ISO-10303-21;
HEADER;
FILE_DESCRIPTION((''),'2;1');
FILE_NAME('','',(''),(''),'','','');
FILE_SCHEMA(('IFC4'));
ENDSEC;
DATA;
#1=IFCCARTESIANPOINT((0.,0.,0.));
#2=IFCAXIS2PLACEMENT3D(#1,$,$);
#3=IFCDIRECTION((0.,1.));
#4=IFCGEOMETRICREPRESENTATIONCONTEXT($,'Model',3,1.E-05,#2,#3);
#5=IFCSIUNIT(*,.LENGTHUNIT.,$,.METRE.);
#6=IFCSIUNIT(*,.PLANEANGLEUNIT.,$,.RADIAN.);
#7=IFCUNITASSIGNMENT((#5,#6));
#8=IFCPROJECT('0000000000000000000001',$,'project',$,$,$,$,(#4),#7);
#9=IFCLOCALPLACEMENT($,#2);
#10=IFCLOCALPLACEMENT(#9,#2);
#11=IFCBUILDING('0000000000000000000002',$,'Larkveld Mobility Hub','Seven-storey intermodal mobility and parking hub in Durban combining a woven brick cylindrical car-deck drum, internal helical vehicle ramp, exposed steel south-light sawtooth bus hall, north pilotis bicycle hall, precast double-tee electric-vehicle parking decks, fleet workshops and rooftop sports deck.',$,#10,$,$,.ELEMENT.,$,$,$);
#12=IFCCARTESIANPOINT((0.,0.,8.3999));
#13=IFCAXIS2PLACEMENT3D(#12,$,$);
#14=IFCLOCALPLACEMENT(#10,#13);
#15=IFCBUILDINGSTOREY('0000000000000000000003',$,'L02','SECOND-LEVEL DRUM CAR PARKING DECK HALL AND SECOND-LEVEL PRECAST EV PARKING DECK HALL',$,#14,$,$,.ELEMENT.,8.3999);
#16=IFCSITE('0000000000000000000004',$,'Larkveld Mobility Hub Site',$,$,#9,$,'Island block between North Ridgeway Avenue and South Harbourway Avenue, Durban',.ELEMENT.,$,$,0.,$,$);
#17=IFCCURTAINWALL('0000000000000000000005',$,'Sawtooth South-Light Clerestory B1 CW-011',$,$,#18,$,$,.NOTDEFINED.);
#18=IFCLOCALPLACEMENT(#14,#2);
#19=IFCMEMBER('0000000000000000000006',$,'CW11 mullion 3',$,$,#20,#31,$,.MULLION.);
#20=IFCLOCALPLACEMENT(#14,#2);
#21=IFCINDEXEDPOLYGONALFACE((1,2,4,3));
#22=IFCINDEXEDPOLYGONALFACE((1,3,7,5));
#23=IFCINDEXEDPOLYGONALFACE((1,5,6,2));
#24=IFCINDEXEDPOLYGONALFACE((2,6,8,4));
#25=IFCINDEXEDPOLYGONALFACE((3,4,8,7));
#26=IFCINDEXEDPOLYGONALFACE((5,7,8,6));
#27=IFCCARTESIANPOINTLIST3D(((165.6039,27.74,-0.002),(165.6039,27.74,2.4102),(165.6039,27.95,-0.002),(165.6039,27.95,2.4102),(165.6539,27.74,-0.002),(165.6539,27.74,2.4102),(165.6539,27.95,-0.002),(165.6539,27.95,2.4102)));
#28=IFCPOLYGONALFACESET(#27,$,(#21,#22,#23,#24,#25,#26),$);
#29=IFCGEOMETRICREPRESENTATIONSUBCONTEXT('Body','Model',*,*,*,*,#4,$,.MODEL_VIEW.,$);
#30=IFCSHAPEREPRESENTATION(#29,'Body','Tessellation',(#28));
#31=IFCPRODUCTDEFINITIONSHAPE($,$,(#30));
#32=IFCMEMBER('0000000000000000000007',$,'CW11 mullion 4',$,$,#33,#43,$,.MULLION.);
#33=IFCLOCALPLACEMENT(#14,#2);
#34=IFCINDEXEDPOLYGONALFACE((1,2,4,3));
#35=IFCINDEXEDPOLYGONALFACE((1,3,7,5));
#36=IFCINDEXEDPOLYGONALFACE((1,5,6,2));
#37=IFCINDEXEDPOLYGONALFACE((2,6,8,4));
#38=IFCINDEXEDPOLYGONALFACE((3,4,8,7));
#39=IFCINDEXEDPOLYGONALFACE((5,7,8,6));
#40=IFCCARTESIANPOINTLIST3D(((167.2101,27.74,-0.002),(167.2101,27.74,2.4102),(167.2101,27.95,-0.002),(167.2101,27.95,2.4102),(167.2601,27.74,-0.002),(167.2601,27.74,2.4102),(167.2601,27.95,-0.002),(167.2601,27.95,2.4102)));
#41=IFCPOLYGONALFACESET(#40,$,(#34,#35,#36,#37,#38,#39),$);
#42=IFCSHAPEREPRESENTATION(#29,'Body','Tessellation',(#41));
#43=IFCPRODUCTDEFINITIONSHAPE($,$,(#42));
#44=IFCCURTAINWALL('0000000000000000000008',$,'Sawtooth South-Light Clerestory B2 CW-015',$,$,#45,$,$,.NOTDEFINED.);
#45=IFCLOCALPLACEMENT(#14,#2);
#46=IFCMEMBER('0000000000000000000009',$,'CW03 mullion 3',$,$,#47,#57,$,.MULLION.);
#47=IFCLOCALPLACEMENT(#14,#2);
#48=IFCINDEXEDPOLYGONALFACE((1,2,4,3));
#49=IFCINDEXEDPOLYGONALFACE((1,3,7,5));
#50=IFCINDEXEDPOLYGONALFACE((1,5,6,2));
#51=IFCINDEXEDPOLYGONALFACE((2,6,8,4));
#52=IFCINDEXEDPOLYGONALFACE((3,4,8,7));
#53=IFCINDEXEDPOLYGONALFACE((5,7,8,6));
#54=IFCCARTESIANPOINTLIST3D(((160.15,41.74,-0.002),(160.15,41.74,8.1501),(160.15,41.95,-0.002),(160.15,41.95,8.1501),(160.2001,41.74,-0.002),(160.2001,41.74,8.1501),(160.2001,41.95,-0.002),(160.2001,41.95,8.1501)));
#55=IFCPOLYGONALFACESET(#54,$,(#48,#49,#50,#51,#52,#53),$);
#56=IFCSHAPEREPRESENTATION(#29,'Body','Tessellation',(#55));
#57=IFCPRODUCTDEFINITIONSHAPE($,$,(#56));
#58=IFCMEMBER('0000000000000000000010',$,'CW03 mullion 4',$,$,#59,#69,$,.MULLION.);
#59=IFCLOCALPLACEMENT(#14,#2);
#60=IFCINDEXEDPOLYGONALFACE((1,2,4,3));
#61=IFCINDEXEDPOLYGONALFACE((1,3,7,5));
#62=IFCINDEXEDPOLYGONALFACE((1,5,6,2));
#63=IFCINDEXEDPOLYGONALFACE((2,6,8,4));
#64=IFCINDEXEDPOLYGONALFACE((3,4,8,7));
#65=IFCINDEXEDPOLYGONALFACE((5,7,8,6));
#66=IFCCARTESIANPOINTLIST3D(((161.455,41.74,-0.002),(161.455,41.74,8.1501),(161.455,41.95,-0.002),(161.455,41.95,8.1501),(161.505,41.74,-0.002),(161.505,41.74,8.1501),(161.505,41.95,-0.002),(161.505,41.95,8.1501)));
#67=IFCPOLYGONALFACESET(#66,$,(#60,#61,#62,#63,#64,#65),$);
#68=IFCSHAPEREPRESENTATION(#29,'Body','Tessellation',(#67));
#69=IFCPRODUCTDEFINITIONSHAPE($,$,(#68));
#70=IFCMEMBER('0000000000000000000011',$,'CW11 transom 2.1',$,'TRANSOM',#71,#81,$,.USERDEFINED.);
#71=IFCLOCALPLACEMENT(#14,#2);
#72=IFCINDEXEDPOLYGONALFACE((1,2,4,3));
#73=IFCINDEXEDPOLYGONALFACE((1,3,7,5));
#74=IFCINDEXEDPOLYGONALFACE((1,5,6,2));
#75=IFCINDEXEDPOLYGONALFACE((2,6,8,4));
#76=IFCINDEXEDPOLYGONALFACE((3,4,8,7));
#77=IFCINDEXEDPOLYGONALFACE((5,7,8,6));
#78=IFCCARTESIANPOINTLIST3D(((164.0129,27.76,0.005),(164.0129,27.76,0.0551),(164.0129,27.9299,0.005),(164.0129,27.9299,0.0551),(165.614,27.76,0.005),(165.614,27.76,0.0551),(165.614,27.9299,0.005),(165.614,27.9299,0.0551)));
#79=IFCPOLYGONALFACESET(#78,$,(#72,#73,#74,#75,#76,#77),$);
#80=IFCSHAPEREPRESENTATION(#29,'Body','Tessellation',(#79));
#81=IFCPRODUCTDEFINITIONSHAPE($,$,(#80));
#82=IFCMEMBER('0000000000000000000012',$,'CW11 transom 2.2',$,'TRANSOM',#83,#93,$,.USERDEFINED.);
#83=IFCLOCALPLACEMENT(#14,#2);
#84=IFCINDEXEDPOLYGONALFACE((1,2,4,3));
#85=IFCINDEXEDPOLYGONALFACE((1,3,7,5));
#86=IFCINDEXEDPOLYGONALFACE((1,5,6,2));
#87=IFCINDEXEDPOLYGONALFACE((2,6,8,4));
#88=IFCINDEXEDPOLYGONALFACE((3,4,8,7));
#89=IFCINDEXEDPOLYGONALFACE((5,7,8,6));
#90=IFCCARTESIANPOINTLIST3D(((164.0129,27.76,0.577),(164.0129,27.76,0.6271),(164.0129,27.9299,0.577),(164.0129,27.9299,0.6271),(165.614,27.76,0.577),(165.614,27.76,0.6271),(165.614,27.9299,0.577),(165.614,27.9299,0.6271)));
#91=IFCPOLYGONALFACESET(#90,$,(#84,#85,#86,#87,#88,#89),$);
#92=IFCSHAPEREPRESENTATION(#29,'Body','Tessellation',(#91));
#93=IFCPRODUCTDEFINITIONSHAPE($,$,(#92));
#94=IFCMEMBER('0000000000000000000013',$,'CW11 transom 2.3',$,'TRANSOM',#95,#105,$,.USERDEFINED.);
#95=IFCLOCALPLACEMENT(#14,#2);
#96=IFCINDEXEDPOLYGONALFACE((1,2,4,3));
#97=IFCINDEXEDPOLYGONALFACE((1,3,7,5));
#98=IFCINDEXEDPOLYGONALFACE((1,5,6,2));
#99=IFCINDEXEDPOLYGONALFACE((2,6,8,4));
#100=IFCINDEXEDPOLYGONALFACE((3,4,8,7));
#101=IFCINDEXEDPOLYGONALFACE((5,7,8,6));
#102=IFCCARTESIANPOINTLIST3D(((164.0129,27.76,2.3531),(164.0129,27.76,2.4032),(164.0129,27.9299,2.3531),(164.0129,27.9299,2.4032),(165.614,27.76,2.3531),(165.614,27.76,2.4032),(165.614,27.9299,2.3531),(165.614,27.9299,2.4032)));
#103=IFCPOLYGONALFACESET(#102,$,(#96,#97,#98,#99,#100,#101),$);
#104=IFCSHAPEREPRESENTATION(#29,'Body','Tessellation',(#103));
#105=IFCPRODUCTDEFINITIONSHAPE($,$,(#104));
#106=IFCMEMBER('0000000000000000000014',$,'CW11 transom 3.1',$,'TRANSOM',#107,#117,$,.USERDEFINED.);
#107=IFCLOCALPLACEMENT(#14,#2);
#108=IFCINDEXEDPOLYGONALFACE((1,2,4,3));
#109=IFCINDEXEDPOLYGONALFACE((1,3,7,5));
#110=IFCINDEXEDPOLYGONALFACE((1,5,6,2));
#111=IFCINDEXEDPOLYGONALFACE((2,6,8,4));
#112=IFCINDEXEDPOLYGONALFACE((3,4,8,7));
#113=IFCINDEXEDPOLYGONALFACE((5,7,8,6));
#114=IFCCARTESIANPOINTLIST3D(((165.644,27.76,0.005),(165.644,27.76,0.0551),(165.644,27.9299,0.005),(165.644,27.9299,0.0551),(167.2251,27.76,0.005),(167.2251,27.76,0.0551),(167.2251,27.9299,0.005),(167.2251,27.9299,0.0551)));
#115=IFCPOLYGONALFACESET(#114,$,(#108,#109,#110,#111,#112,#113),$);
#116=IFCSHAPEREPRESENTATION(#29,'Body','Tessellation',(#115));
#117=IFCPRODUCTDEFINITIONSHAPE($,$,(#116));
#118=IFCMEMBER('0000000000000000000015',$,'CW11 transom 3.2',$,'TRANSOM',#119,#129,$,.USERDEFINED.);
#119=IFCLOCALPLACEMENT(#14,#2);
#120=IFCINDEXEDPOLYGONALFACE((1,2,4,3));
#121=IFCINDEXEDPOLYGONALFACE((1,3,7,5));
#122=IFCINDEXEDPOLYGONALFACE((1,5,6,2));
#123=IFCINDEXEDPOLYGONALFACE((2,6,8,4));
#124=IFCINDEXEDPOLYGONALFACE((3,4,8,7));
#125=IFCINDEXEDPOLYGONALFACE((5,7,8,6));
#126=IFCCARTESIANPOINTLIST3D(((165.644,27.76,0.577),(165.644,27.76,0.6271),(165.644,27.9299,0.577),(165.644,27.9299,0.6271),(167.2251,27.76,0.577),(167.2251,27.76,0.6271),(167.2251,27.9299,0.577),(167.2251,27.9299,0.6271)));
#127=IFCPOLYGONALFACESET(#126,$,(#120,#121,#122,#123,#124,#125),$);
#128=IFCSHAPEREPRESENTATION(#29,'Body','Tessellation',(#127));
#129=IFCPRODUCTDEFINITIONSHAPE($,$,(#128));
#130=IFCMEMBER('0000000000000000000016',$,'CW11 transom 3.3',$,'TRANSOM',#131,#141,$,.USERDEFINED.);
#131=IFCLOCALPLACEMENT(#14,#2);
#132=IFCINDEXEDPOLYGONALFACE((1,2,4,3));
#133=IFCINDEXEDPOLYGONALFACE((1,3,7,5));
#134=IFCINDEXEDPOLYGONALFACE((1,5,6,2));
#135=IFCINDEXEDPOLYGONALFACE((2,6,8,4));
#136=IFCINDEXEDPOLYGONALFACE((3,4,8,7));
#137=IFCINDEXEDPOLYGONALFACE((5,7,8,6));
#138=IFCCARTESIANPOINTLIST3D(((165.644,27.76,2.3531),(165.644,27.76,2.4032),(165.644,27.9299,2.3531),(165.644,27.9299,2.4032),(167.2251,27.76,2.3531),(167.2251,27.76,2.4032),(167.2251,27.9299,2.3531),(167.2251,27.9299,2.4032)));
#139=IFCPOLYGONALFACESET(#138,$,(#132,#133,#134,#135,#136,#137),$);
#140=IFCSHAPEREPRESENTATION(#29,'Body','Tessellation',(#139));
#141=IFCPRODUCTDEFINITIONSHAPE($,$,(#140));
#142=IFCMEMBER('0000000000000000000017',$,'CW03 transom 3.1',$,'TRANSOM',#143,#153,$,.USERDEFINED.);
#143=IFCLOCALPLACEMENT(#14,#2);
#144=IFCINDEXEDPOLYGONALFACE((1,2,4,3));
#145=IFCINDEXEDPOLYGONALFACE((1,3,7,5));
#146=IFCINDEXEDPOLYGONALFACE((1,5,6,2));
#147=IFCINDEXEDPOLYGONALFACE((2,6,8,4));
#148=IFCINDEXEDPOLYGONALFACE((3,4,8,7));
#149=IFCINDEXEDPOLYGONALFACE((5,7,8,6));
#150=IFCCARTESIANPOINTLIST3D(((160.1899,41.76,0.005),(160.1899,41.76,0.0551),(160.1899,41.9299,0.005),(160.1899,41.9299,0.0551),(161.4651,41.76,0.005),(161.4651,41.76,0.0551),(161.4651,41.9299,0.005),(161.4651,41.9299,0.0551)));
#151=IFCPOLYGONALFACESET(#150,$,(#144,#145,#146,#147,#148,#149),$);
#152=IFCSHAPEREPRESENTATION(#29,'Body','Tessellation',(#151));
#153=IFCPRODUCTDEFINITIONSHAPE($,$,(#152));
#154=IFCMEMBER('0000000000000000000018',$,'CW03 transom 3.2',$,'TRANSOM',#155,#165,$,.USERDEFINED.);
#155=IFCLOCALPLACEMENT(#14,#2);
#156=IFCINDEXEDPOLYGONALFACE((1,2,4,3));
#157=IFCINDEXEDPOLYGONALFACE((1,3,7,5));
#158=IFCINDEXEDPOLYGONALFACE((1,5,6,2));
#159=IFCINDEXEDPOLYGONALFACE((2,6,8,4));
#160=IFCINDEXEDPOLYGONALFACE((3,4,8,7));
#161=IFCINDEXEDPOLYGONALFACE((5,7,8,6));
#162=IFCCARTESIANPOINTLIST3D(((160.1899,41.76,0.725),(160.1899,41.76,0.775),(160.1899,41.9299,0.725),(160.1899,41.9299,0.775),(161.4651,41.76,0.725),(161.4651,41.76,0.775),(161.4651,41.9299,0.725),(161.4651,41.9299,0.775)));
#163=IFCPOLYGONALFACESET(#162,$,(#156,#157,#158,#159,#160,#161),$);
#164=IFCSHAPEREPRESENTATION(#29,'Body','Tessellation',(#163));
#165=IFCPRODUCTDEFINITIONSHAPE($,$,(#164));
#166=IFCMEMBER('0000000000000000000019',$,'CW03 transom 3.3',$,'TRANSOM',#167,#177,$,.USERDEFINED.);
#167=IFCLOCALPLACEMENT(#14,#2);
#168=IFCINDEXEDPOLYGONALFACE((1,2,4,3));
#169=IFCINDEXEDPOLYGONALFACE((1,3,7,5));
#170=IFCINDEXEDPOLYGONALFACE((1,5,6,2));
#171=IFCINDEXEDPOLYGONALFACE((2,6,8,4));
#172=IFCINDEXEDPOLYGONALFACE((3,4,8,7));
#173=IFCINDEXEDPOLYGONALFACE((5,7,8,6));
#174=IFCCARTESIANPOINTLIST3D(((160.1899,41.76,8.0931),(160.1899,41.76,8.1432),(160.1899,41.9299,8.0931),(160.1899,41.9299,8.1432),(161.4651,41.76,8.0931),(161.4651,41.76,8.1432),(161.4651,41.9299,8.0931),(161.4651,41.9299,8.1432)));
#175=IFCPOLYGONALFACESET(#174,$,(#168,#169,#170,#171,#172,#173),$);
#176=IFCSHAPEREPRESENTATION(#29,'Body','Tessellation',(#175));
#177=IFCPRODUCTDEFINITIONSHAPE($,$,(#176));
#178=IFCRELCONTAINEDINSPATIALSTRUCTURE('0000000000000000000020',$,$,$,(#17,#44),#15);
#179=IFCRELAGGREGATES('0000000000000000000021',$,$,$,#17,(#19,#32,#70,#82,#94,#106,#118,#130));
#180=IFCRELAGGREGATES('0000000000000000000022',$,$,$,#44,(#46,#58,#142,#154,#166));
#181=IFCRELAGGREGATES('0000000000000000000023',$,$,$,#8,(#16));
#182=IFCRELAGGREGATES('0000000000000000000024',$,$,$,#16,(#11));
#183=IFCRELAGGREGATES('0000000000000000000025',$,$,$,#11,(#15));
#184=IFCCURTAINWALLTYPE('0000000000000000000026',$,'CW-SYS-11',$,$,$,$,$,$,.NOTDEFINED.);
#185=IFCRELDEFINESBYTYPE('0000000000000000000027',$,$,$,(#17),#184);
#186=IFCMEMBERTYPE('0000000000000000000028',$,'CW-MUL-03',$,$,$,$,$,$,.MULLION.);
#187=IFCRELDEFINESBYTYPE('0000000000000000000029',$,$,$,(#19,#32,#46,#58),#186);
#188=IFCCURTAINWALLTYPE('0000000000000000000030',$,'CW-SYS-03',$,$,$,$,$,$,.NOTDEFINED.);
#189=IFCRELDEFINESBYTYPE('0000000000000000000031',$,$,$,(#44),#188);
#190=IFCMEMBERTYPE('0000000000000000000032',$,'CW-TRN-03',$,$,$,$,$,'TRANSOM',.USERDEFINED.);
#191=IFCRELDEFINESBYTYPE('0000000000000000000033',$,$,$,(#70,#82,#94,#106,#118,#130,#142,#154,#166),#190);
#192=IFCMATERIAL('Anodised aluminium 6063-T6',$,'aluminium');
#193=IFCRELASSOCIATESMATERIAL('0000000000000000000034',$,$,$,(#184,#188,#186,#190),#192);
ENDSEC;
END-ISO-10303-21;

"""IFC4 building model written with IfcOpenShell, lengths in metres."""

from ifc_helpers import new_model, si_unit, direction, frame, origin, origin_2d, place, context, subcontext, project, spatial, rectangle, extrude, material, material_profile, profile_set, type_object, element, aggregate, save


model = new_model("IFC4")

# Units and contexts
model_context = context("Model", 3, precision=1e-05, world=origin(), true_north=direction((0.0, 1.0)))
body_context = subcontext(model_context, "Body", "Model", "MODEL_VIEW")
ifc_project = project(units=[si_unit("LENGTHUNIT", "METRE"), si_unit("PLANEANGLEUNIT", "RADIAN")], contexts=[model_context])

# Site, building, storey
site_placement = place(None, origin())
site = spatial("IfcSite", under=ifc_project, at=site_placement, Name="Larkveld Mobility Hub Site", LongName="Island block between North Ridgeway Avenue and South Harbourway Avenue, Durban", CompositionType="ELEMENT", RefElevation=0.0)
building_placement = place(site_placement, origin())
building = spatial("IfcBuilding", under=site, at=building_placement, Name="Larkveld Mobility Hub", Description="Seven-storey intermodal mobility and parking hub in Durban combining a woven brick cylindrical car-deck drum, internal helical vehicle ramp, exposed steel south-light sawtooth bus hall, north pilotis bicycle hall, precast double-tee electric-vehicle parking decks, fleet workshops and rooftop sports deck.", CompositionType="ELEMENT")
storey_placement = place(building_placement, frame((0.0, 0.0, 8.3999)))
storey = spatial("IfcBuildingStorey", under=building, at=storey_placement, Name="L02", Description="SECOND-LEVEL DRUM CAR PARKING DECK HALL AND SECOND-LEVEL PRECAST EV PARKING DECK HALL", CompositionType="ELEMENT", Elevation=8.3999)

# Curtain walls, members
ifc_material_1 = material(Name="Anodised aluminium 6063-T6", Category="aluminium")
curtain_wall_type_1 = type_object("IfcCurtainWallType", Name="CW-SYS-11", PredefinedType="NOTDEFINED", material=ifc_material_1)
curtain_wall_1_placement = place(storey_placement, origin())
curtain_wall_1 = element("IfcCurtainWall", 1, at=curtain_wall_1_placement, inside=storey, type_object=curtain_wall_type_1, Name="Sawtooth South-Light Clerestory B1 CW-011", PredefinedType="NOTDEFINED")
ifc_material_profile_1 = material_profile(ifc_material_1, rectangle(XDim=0.05, YDim=0.21, at=origin_2d()), Name="ALU MULL 50x210")
ifc_profile_set_1 = profile_set([ifc_material_profile_1], Name="Anodised aluminium 6063-T6")
member_type_1 = type_object("IfcMemberType", Name="CW-MUL-03", PredefinedType="MULLION", material=ifc_profile_set_1)
member_1_placement = place(storey_placement, frame((165.6289, 27.845, -0.002), z_axis=(0.0, 0.0, 1.0), x_axis=(1.0, 0.0, 0.0)))
member_1 = element("IfcMember", 2, at=member_1_placement, type_object=member_type_1, Name="CW11 mullion 3", PredefinedType="MULLION", context=body_context, shape_type="SweptSolid", body=[
    extrude(rectangle(XDim=0.05, YDim=0.21, at=origin_2d()), origin(), (0.0, 0.0, 1.0), 2.4121),
])
member_2_placement = place(storey_placement, frame((167.2351, 27.845, -0.002), z_axis=(0.0, 0.0, 1.0), x_axis=(1.0, 0.0, 0.0)))
member_2 = element("IfcMember", 3, at=member_2_placement, type_object=member_type_1, Name="CW11 mullion 4", PredefinedType="MULLION", context=body_context, shape_type="SweptSolid", body=[
    extrude(rectangle(XDim=0.05, YDim=0.21, at=origin_2d()), origin(), (0.0, 0.0, 1.0), 2.4121),
])
curtain_wall_type_2 = type_object("IfcCurtainWallType", Name="CW-SYS-03", PredefinedType="NOTDEFINED", material=ifc_material_1)
curtain_wall_2_placement = place(storey_placement, origin())
curtain_wall_2 = element("IfcCurtainWall", 4, at=curtain_wall_2_placement, inside=storey, type_object=curtain_wall_type_2, Name="Sawtooth South-Light Clerestory B2 CW-015", PredefinedType="NOTDEFINED")
member_3_placement = place(storey_placement, frame((160.175, 41.845, -0.002), z_axis=(0.0, 0.0, 1.0), x_axis=(1.0, 0.0, 0.0)))
member_3 = element("IfcMember", 5, at=member_3_placement, type_object=member_type_1, Name="CW03 mullion 3", PredefinedType="MULLION", context=body_context, shape_type="SweptSolid", body=[
    extrude(rectangle(XDim=0.05, YDim=0.21, at=origin_2d()), origin(), (0.0, 0.0, 1.0), 8.1521),
])
member_4_placement = place(storey_placement, frame((161.48, 41.845, -0.002), z_axis=(0.0, 0.0, 1.0), x_axis=(1.0, 0.0, 0.0)))
member_4 = element("IfcMember", 6, at=member_4_placement, type_object=member_type_1, Name="CW03 mullion 4", PredefinedType="MULLION", context=body_context, shape_type="SweptSolid", body=[
    extrude(rectangle(XDim=0.05, YDim=0.21, at=origin_2d()), origin(), (0.0, 0.0, 1.0), 8.1521),
])

# Members
ifc_material_profile_2 = material_profile(ifc_material_1, rectangle(XDim=0.1699, YDim=0.05, at=origin_2d()), Name="ALU TRAN 50x170")
ifc_profile_set_2 = profile_set([ifc_material_profile_2], Name="Anodised aluminium 6063-T6")
member_type_2 = type_object("IfcMemberType", Name="CW-TRN-03", ElementType="TRANSOM", PredefinedType="USERDEFINED", material=ifc_profile_set_2)
member_5_placement = place(storey_placement, frame((164.0129, 27.845, 0.03), z_axis=(1.0, 0.0, 0.0), x_axis=(0.0, 1.0, 0.0)))
member_5 = element("IfcMember", 7, at=member_5_placement, type_object=member_type_2, Name="CW11 transom 2.1", ObjectType="TRANSOM", PredefinedType="USERDEFINED", context=body_context, shape_type="SweptSolid", body=[
    extrude(rectangle(XDim=0.1699, YDim=0.05, at=origin_2d()), origin(), (0.0, 0.0, 1.0), 1.6011),
])
member_6_placement = place(storey_placement, frame((164.0129, 27.845, 0.6021), z_axis=(1.0, 0.0, 0.0), x_axis=(0.0, 1.0, 0.0)))
member_6 = element("IfcMember", 8, at=member_6_placement, type_object=member_type_2, Name="CW11 transom 2.2", ObjectType="TRANSOM", PredefinedType="USERDEFINED", context=body_context, shape_type="SweptSolid", body=[
    extrude(rectangle(XDim=0.1699, YDim=0.05, at=origin_2d()), origin(), (0.0, 0.0, 1.0), 1.6011),
])
member_7_placement = place(storey_placement, frame((164.0129, 27.845, 2.3782), z_axis=(1.0, 0.0, 0.0), x_axis=(0.0, 1.0, 0.0)))
member_7 = element("IfcMember", 9, at=member_7_placement, type_object=member_type_2, Name="CW11 transom 2.3", ObjectType="TRANSOM", PredefinedType="USERDEFINED", context=body_context, shape_type="SweptSolid", body=[
    extrude(rectangle(XDim=0.1699, YDim=0.05, at=origin_2d()), origin(), (0.0, 0.0, 1.0), 1.6011),
])
member_8_placement = place(storey_placement, frame((165.644, 27.845, 0.03), z_axis=(1.0, 0.0, 0.0), x_axis=(0.0, 1.0, 0.0)))
member_8 = element("IfcMember", 10, at=member_8_placement, type_object=member_type_2, Name="CW11 transom 3.1", ObjectType="TRANSOM", PredefinedType="USERDEFINED", context=body_context, shape_type="SweptSolid", body=[
    extrude(rectangle(XDim=0.1699, YDim=0.05, at=origin_2d()), origin(), (0.0, 0.0, 1.0), 1.5811),
])
member_9_placement = place(storey_placement, frame((165.644, 27.845, 0.6021), z_axis=(1.0, 0.0, 0.0), x_axis=(0.0, 1.0, 0.0)))
member_9 = element("IfcMember", 11, at=member_9_placement, type_object=member_type_2, Name="CW11 transom 3.2", ObjectType="TRANSOM", PredefinedType="USERDEFINED", context=body_context, shape_type="SweptSolid", body=[
    extrude(rectangle(XDim=0.1699, YDim=0.05, at=origin_2d()), origin(), (0.0, 0.0, 1.0), 1.5811),
])
member_10_placement = place(storey_placement, frame((165.644, 27.845, 2.3782), z_axis=(1.0, 0.0, 0.0), x_axis=(0.0, 1.0, 0.0)))
member_10 = element("IfcMember", 12, at=member_10_placement, type_object=member_type_2, Name="CW11 transom 3.3", ObjectType="TRANSOM", PredefinedType="USERDEFINED", context=body_context, shape_type="SweptSolid", body=[
    extrude(rectangle(XDim=0.1699, YDim=0.05, at=origin_2d()), origin(), (0.0, 0.0, 1.0), 1.5811),
])
member_11_placement = place(storey_placement, frame((160.1899, 41.845, 0.03), z_axis=(1.0, 0.0, 0.0), x_axis=(0.0, 1.0, 0.0)))
member_11 = element("IfcMember", 13, at=member_11_placement, type_object=member_type_2, Name="CW03 transom 3.1", ObjectType="TRANSOM", PredefinedType="USERDEFINED", context=body_context, shape_type="SweptSolid", body=[
    extrude(rectangle(XDim=0.1699, YDim=0.05, at=origin_2d()), origin(), (0.0, 0.0, 1.0), 1.2751),
])
member_12_placement = place(storey_placement, frame((160.1899, 41.845, 0.75), z_axis=(1.0, 0.0, 0.0), x_axis=(0.0, 1.0, 0.0)))
member_12 = element("IfcMember", 14, at=member_12_placement, type_object=member_type_2, Name="CW03 transom 3.2", ObjectType="TRANSOM", PredefinedType="USERDEFINED", context=body_context, shape_type="SweptSolid", body=[
    extrude(rectangle(XDim=0.1699, YDim=0.05, at=origin_2d()), origin(), (0.0, 0.0, 1.0), 1.2751),
])
member_13_placement = place(storey_placement, frame((160.1899, 41.845, 8.1182), z_axis=(1.0, 0.0, 0.0), x_axis=(0.0, 1.0, 0.0)))
member_13 = element("IfcMember", 15, at=member_13_placement, type_object=member_type_2, Name="CW03 transom 3.3", ObjectType="TRANSOM", PredefinedType="USERDEFINED", context=body_context, shape_type="SweptSolid", body=[
    extrude(rectangle(XDim=0.1699, YDim=0.05, at=origin_2d()), origin(), (0.0, 0.0, 1.0), 1.2751),
])

aggregate(curtain_wall_1, [member_1, member_2, member_5, member_6, member_7, member_8, member_9, member_10])
aggregate(curtain_wall_2, [member_3, member_4, member_11, member_12, member_13])

save(model, "model.ifc")
